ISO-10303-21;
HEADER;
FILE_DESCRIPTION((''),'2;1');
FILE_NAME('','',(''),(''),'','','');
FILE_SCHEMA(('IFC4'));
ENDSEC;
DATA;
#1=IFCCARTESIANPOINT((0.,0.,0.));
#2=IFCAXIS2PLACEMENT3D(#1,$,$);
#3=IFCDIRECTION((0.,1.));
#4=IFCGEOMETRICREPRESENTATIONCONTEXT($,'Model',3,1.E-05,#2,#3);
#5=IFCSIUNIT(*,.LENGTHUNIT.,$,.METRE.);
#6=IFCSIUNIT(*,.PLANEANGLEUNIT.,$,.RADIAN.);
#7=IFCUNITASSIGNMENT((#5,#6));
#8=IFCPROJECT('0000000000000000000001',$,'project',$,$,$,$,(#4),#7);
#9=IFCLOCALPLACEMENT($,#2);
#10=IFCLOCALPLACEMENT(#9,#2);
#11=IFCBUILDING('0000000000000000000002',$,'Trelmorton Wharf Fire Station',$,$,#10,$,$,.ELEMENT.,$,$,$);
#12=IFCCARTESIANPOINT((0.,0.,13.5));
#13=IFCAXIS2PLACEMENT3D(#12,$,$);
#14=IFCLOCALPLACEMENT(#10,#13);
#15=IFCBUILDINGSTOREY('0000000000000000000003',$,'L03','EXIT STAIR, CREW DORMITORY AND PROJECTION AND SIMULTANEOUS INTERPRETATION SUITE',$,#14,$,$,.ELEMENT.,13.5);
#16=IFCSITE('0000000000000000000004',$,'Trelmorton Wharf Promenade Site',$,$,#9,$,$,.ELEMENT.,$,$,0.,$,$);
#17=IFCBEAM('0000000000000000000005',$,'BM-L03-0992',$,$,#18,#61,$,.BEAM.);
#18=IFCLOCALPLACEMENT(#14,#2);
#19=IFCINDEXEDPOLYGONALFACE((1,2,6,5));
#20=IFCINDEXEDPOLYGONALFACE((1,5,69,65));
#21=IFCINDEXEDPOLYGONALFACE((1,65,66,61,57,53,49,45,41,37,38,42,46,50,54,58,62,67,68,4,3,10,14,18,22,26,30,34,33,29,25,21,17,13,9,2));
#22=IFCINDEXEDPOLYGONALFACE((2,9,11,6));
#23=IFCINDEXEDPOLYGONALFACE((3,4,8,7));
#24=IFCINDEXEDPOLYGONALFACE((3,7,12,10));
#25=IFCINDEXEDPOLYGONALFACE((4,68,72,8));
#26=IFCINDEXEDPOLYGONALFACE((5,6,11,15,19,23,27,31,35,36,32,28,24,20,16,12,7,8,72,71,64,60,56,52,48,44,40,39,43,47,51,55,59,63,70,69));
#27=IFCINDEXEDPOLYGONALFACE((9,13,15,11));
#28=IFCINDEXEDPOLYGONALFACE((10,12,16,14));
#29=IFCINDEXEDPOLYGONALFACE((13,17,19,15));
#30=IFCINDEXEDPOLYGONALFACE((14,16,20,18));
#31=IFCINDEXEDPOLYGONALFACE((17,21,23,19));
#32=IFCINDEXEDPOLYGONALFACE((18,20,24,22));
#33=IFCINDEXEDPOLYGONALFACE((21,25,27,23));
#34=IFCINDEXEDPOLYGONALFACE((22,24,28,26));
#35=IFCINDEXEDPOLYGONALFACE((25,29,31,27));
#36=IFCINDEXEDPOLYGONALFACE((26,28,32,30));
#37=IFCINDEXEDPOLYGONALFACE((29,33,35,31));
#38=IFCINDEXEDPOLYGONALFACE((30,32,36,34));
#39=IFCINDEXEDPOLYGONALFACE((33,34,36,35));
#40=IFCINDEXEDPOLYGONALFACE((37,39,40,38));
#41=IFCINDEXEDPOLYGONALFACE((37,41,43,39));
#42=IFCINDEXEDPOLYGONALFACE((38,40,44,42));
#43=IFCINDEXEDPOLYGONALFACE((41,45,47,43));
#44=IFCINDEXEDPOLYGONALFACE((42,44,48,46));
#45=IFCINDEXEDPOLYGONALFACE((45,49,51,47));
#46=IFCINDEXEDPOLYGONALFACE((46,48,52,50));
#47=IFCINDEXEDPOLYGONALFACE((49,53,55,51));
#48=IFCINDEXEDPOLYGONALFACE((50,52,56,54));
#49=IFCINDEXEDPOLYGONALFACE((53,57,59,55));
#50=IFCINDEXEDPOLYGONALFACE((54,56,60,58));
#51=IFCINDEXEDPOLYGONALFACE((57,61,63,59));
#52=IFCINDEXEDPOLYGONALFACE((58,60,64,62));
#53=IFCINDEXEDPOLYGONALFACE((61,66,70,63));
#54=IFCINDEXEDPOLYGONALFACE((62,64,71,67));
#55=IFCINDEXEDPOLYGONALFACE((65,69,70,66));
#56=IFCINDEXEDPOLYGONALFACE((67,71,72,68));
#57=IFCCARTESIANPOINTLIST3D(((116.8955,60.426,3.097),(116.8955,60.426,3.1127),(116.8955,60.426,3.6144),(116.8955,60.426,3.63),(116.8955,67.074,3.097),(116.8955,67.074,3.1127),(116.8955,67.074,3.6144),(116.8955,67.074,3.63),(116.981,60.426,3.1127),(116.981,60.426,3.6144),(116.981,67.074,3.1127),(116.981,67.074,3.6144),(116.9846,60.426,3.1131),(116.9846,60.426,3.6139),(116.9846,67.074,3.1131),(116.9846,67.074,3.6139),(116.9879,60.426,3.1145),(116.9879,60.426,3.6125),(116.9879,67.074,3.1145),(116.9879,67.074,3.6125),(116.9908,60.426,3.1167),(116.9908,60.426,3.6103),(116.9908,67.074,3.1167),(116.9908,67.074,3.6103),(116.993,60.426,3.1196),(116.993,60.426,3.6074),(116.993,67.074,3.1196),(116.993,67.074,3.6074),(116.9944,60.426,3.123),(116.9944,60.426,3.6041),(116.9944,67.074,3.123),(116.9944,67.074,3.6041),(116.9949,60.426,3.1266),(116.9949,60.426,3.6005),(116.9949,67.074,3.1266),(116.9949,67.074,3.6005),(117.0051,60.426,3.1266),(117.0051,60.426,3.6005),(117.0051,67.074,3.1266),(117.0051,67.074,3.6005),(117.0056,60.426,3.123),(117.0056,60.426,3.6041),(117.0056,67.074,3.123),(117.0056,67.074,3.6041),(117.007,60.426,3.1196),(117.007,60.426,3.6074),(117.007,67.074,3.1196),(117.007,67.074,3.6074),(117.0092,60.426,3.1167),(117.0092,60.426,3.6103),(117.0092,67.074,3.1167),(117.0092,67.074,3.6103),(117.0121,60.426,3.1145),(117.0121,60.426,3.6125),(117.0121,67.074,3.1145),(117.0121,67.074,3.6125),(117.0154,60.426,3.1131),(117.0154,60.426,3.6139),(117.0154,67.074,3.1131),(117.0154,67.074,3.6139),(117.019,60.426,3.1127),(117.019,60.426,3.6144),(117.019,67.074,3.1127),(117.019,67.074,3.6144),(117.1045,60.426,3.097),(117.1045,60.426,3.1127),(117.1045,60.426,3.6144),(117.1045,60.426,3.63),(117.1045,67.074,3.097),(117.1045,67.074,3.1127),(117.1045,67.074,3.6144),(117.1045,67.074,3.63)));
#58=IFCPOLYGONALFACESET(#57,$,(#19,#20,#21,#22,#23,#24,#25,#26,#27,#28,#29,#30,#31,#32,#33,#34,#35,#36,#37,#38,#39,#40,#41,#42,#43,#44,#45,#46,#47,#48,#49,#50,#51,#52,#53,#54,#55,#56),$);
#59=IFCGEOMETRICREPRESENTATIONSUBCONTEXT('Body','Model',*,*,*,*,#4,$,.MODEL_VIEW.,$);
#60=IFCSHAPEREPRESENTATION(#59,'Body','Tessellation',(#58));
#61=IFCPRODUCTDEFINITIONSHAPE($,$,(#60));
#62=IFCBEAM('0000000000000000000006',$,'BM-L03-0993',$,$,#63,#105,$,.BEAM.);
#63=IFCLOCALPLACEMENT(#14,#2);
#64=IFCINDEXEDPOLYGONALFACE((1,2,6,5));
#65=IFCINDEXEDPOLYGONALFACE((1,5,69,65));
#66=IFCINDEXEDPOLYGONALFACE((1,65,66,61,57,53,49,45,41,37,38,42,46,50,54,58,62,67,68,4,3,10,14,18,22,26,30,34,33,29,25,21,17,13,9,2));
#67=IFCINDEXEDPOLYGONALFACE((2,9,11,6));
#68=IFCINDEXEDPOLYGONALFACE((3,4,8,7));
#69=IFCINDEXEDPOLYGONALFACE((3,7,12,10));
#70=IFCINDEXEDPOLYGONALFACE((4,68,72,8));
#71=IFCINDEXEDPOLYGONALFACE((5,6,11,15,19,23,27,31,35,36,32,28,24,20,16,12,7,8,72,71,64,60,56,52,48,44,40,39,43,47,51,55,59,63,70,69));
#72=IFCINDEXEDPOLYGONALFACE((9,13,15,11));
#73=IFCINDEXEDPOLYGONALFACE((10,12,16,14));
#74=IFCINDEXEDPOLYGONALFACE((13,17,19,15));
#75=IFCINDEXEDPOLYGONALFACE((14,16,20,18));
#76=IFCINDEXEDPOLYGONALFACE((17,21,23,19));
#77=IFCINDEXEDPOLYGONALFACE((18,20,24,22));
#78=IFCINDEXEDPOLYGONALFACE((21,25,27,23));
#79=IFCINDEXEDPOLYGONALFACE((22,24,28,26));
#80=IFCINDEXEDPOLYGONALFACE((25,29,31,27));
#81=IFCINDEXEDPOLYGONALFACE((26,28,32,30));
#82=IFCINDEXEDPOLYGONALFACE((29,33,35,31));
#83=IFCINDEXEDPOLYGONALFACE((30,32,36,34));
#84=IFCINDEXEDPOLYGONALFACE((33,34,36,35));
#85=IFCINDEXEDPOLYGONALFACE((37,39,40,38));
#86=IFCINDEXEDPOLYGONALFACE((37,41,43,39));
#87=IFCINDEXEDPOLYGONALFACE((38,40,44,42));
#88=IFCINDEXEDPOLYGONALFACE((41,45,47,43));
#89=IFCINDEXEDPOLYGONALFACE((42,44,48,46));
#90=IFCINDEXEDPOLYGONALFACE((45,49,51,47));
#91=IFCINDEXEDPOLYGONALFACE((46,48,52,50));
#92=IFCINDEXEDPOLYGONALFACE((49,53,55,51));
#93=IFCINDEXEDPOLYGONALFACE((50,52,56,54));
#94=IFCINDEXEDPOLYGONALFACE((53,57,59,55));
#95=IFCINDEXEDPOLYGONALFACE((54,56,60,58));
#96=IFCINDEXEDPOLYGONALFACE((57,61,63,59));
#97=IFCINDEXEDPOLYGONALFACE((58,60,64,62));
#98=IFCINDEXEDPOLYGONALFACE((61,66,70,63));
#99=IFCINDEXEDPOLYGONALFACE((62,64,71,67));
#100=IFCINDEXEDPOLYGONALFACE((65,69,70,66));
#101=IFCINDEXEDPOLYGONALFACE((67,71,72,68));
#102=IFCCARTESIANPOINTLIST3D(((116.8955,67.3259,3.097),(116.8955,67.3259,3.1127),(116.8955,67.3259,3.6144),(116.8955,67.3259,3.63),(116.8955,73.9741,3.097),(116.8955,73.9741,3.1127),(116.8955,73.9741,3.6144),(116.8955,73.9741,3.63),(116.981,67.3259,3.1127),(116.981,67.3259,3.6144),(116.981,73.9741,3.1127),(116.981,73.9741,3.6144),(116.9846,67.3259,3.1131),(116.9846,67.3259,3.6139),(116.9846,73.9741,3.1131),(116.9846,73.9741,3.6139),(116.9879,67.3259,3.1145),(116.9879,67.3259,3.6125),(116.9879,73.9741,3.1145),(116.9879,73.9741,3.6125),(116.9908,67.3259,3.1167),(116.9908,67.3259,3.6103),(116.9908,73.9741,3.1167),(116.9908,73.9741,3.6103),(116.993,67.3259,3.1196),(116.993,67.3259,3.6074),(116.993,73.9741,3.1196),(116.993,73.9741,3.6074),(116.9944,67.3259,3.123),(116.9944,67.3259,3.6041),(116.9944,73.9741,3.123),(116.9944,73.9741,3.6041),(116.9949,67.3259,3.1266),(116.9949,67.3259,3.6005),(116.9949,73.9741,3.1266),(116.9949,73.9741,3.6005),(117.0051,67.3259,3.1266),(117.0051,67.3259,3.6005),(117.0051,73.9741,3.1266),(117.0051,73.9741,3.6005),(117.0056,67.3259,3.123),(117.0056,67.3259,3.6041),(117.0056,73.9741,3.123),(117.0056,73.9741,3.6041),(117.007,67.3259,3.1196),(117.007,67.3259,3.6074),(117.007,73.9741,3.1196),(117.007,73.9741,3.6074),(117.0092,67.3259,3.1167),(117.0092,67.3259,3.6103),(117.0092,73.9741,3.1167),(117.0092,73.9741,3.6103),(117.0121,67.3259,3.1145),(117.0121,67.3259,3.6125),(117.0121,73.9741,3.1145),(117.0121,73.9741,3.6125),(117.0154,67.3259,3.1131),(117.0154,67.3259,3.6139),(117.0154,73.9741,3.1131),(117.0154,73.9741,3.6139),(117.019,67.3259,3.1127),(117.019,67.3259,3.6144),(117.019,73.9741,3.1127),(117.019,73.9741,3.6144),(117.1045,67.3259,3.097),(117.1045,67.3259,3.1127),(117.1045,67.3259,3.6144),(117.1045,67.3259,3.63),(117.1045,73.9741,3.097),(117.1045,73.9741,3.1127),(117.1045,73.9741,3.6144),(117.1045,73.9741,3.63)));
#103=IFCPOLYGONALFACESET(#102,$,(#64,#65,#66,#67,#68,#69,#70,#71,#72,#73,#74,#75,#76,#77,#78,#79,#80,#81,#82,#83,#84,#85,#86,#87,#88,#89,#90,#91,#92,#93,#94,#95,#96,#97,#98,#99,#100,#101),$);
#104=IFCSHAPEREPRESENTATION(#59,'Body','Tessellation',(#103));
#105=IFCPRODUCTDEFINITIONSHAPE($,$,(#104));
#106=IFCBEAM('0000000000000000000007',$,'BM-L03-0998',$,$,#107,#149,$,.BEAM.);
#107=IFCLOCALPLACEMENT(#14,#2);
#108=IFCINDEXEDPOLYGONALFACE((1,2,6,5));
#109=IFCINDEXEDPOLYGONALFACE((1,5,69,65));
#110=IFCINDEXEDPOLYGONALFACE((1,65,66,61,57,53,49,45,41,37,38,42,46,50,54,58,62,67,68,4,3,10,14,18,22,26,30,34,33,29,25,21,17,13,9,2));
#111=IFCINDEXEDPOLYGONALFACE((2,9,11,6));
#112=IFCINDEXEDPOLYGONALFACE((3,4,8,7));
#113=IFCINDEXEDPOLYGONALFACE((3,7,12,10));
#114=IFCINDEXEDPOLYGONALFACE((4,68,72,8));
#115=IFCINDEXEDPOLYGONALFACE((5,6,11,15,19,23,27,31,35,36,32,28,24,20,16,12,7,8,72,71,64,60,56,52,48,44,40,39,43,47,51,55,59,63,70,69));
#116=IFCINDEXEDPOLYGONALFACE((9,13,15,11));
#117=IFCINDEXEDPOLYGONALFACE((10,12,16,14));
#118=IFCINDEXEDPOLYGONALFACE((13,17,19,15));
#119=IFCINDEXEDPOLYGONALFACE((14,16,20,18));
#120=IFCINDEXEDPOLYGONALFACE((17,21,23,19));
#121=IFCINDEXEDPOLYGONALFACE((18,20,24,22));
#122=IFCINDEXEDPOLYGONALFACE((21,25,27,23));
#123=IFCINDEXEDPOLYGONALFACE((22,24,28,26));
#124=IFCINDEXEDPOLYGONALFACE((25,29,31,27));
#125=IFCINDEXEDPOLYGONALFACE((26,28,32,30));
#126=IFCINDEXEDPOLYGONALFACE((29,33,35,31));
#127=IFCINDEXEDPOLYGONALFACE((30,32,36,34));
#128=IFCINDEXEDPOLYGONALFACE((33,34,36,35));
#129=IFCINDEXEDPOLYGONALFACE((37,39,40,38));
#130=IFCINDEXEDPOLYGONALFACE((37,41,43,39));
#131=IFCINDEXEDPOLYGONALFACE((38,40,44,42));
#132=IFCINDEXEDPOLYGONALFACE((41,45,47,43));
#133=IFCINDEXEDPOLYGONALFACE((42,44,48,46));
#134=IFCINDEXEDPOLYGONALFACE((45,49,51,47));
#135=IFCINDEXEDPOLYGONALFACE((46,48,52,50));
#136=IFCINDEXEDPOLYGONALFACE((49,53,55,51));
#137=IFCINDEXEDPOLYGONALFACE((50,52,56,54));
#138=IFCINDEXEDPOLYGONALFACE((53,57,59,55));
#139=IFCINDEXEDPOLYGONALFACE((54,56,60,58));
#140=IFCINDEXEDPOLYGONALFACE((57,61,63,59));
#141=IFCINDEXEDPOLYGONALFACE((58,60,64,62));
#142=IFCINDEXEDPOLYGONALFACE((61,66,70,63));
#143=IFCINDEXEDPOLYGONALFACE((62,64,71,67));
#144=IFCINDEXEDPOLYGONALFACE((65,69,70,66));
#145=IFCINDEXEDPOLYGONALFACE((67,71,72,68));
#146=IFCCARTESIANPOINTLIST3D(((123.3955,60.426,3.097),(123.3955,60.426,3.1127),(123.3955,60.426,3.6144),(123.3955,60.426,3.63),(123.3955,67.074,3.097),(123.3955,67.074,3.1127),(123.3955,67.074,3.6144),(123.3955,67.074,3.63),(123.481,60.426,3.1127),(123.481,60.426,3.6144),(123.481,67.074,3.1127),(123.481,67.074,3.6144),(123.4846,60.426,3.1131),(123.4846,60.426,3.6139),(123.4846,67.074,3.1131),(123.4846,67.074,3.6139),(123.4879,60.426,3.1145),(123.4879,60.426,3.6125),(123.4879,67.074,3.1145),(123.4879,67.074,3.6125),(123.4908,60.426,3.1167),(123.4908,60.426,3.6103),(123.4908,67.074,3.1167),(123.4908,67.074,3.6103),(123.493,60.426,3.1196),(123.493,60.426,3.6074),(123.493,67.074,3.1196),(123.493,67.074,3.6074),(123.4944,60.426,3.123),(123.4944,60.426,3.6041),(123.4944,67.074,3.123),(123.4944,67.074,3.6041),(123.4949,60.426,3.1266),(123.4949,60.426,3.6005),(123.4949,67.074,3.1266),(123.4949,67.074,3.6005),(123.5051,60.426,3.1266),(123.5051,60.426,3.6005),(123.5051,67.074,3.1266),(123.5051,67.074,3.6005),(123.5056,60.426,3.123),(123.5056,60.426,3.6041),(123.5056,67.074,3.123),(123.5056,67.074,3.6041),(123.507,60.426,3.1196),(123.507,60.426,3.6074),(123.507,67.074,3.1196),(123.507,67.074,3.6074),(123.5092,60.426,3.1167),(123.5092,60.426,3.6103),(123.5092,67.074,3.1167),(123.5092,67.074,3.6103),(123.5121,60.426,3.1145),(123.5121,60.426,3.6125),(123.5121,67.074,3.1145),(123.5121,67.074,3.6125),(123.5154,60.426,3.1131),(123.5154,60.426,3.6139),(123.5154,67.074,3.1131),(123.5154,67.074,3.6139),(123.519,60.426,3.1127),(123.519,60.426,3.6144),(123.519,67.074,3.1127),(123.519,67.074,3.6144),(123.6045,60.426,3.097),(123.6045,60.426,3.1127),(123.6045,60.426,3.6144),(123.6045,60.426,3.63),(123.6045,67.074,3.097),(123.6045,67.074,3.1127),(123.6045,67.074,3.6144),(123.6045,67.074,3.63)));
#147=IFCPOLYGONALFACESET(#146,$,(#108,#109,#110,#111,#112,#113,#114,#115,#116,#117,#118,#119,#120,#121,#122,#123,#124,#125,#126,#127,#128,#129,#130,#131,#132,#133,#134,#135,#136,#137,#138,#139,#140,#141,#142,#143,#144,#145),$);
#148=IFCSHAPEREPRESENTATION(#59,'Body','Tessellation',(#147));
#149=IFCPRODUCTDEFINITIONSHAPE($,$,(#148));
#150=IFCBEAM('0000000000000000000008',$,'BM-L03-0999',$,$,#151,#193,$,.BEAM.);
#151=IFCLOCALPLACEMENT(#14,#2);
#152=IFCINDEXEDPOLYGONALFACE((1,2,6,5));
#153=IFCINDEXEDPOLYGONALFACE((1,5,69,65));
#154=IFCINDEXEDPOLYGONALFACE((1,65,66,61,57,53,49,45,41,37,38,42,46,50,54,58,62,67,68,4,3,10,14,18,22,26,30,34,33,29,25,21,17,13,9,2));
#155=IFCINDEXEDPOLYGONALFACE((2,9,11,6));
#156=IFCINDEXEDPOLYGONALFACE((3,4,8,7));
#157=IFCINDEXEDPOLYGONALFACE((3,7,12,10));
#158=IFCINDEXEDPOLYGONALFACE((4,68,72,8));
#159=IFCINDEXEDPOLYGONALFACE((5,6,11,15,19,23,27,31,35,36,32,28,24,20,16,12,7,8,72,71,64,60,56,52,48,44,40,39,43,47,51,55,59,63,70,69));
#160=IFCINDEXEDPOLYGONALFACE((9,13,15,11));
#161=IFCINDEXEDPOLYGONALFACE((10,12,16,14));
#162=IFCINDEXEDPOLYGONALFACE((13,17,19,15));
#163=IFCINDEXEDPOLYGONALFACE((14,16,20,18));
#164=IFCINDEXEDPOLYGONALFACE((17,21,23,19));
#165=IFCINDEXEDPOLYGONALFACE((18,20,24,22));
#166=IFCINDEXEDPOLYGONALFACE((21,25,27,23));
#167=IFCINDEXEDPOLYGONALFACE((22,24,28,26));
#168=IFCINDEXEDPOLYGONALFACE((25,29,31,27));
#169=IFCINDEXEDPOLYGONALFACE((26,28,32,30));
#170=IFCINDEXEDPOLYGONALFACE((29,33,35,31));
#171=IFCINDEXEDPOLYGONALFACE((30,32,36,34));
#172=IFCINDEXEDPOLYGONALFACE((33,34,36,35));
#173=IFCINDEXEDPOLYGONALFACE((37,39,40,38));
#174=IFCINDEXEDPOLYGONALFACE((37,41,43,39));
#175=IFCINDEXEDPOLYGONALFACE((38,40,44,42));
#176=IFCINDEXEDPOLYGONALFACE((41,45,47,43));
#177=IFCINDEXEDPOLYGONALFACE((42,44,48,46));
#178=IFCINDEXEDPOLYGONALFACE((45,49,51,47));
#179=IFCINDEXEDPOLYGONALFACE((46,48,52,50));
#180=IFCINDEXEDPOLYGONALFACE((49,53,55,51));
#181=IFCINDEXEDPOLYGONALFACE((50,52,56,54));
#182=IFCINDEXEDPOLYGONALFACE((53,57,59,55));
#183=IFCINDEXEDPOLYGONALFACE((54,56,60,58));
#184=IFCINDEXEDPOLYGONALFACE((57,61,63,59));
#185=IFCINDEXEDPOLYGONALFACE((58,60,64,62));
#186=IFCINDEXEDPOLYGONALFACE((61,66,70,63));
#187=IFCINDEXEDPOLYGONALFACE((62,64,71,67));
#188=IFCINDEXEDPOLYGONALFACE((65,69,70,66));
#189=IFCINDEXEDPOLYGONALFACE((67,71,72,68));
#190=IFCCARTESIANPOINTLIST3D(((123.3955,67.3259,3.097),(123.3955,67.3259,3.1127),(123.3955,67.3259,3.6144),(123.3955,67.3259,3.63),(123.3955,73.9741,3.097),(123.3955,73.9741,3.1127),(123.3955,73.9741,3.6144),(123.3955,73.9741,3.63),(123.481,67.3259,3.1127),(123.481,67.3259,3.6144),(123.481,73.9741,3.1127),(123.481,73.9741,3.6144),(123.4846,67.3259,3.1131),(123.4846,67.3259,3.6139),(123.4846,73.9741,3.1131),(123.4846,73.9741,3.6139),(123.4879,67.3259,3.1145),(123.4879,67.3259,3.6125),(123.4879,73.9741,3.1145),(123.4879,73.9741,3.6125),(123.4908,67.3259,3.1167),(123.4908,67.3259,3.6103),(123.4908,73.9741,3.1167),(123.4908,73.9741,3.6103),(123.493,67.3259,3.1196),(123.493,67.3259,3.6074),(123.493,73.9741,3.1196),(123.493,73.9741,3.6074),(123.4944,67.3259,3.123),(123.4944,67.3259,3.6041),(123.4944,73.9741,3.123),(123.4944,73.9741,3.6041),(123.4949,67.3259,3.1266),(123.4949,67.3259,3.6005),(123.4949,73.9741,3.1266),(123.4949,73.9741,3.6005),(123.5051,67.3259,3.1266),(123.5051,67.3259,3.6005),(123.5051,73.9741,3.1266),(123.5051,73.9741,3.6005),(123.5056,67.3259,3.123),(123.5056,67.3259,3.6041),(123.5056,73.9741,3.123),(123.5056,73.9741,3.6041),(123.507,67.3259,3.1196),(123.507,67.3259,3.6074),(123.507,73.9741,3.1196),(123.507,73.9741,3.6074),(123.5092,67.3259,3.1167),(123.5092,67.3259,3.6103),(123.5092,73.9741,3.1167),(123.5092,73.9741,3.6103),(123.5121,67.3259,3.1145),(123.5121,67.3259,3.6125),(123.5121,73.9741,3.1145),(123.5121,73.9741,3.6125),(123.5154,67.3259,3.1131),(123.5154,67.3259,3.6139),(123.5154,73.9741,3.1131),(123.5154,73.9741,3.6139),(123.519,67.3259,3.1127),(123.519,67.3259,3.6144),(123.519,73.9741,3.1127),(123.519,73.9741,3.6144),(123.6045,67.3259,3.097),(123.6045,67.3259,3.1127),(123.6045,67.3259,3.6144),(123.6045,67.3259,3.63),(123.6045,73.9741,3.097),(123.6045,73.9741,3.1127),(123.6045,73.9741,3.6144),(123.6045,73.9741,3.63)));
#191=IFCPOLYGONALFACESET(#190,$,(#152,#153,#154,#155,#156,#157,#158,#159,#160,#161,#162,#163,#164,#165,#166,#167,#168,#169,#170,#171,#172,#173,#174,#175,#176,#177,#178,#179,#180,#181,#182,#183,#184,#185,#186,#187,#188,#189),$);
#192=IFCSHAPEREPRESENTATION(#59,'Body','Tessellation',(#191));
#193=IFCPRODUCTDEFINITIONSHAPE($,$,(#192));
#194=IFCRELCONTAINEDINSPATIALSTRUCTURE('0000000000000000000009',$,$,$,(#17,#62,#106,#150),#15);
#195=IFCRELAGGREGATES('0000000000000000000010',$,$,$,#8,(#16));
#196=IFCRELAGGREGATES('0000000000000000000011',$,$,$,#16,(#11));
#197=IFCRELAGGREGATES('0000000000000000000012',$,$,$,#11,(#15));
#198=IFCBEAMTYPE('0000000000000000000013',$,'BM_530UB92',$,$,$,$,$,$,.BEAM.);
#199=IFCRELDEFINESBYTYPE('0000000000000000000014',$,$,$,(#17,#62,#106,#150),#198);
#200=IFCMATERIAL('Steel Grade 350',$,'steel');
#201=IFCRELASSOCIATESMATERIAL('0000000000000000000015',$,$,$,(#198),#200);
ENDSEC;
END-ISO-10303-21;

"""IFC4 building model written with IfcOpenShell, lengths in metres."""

from ifc_helpers import new_model, si_unit, direction, frame, origin, origin_2d, place, context, subcontext, project, spatial, i_section, extrude, material, material_profile, profile_set, type_object, element, save


model = new_model("IFC4")

# Units and contexts
model_context = context("Model", 3, precision=1e-05, world=origin(), true_north=direction((0.0, 1.0)))
body_context = subcontext(model_context, "Body", "Model", "MODEL_VIEW")
ifc_project = project(units=[si_unit("LENGTHUNIT", "METRE"), si_unit("PLANEANGLEUNIT", "RADIAN")], contexts=[model_context])

# Site, building, storey
site_placement = place(None, origin())
site = spatial("IfcSite", under=ifc_project, at=site_placement, Name="Trelmorton Wharf Promenade Site", CompositionType="ELEMENT", RefElevation=0.0)
building_placement = place(site_placement, origin())
building = spatial("IfcBuilding", under=site, at=building_placement, Name="Trelmorton Wharf Fire Station", CompositionType="ELEMENT")
storey_placement = place(building_placement, frame((0.0, 0.0, 13.5)))
storey = spatial("IfcBuildingStorey", under=building, at=storey_placement, Name="L03", Description="EXIT STAIR, CREW DORMITORY AND PROJECTION AND SIMULTANEOUS INTERPRETATION SUITE", CompositionType="ELEMENT", Elevation=13.5)

# Shared definitions
ifc_material_1 = material(Name="Steel Grade 350", Category="steel")

# Beams
ifc_material_profile_1 = material_profile(ifc_material_1, i_section(OverallWidth=0.209, OverallDepth=0.533, WebThickness=0.0103, FlangeThickness=0.0156, FilletRadius=0.0139, at=origin_2d()), Name="530UB92.4")
ifc_profile_set_1 = profile_set([ifc_material_profile_1], Name="Steel Grade 350")
beam_type_1 = type_object("IfcBeamType", Name="BM_530UB92", PredefinedType="BEAM", material=ifc_profile_set_1)
beam_1_placement = place(storey_placement, frame((117.0, 60.426, 3.3635), z_axis=(0.0, 1.0, 0.0), x_axis=(-1.0, 0.0, 0.0)))
element("IfcBeam", 1, at=beam_1_placement, inside=storey, type_object=beam_type_1, Name="BM-L03-0992", PredefinedType="BEAM", context=body_context, shape_type="SweptSolid", body=[
    extrude(i_section(OverallWidth=0.209, OverallDepth=0.533, WebThickness=0.0103, FlangeThickness=0.0156, FilletRadius=0.0139, at=origin_2d()), origin(), (0.0, 0.0, 1.0), 6.6479),
])
beam_2_placement = place(storey_placement, frame((117.0, 67.3259, 3.3635), z_axis=(0.0, 1.0, 0.0), x_axis=(-1.0, 0.0, 0.0)))
element("IfcBeam", 2, at=beam_2_placement, inside=storey, type_object=beam_type_1, Name="BM-L03-0993", PredefinedType="BEAM", context=body_context, shape_type="SweptSolid", body=[
    extrude(i_section(OverallWidth=0.209, OverallDepth=0.533, WebThickness=0.0103, FlangeThickness=0.0156, FilletRadius=0.0139, at=origin_2d()), origin(), (0.0, 0.0, 1.0), 6.6482),
])
beam_3_placement = place(storey_placement, frame((123.5, 60.426, 3.3635), z_axis=(0.0, 1.0, 0.0), x_axis=(-1.0, 0.0, 0.0)))
element("IfcBeam", 3, at=beam_3_placement, inside=storey, type_object=beam_type_1, Name="BM-L03-0998", PredefinedType="BEAM", context=body_context, shape_type="SweptSolid", body=[
    extrude(i_section(OverallWidth=0.209, OverallDepth=0.533, WebThickness=0.0103, FlangeThickness=0.0156, FilletRadius=0.0139, at=origin_2d()), origin(), (0.0, 0.0, 1.0), 6.6479),
])
beam_4_placement = place(storey_placement, frame((123.5, 67.3259, 3.3635), z_axis=(0.0, 1.0, 0.0), x_axis=(-1.0, 0.0, 0.0)))
element("IfcBeam", 4, at=beam_4_placement, inside=storey, type_object=beam_type_1, Name="BM-L03-0999", PredefinedType="BEAM", context=body_context, shape_type="SweptSolid", body=[
    extrude(i_section(OverallWidth=0.209, OverallDepth=0.533, WebThickness=0.0103, FlangeThickness=0.0156, FilletRadius=0.0139, at=origin_2d()), origin(), (0.0, 0.0, 1.0), 6.6482),
])

save(model, "model.ifc")
